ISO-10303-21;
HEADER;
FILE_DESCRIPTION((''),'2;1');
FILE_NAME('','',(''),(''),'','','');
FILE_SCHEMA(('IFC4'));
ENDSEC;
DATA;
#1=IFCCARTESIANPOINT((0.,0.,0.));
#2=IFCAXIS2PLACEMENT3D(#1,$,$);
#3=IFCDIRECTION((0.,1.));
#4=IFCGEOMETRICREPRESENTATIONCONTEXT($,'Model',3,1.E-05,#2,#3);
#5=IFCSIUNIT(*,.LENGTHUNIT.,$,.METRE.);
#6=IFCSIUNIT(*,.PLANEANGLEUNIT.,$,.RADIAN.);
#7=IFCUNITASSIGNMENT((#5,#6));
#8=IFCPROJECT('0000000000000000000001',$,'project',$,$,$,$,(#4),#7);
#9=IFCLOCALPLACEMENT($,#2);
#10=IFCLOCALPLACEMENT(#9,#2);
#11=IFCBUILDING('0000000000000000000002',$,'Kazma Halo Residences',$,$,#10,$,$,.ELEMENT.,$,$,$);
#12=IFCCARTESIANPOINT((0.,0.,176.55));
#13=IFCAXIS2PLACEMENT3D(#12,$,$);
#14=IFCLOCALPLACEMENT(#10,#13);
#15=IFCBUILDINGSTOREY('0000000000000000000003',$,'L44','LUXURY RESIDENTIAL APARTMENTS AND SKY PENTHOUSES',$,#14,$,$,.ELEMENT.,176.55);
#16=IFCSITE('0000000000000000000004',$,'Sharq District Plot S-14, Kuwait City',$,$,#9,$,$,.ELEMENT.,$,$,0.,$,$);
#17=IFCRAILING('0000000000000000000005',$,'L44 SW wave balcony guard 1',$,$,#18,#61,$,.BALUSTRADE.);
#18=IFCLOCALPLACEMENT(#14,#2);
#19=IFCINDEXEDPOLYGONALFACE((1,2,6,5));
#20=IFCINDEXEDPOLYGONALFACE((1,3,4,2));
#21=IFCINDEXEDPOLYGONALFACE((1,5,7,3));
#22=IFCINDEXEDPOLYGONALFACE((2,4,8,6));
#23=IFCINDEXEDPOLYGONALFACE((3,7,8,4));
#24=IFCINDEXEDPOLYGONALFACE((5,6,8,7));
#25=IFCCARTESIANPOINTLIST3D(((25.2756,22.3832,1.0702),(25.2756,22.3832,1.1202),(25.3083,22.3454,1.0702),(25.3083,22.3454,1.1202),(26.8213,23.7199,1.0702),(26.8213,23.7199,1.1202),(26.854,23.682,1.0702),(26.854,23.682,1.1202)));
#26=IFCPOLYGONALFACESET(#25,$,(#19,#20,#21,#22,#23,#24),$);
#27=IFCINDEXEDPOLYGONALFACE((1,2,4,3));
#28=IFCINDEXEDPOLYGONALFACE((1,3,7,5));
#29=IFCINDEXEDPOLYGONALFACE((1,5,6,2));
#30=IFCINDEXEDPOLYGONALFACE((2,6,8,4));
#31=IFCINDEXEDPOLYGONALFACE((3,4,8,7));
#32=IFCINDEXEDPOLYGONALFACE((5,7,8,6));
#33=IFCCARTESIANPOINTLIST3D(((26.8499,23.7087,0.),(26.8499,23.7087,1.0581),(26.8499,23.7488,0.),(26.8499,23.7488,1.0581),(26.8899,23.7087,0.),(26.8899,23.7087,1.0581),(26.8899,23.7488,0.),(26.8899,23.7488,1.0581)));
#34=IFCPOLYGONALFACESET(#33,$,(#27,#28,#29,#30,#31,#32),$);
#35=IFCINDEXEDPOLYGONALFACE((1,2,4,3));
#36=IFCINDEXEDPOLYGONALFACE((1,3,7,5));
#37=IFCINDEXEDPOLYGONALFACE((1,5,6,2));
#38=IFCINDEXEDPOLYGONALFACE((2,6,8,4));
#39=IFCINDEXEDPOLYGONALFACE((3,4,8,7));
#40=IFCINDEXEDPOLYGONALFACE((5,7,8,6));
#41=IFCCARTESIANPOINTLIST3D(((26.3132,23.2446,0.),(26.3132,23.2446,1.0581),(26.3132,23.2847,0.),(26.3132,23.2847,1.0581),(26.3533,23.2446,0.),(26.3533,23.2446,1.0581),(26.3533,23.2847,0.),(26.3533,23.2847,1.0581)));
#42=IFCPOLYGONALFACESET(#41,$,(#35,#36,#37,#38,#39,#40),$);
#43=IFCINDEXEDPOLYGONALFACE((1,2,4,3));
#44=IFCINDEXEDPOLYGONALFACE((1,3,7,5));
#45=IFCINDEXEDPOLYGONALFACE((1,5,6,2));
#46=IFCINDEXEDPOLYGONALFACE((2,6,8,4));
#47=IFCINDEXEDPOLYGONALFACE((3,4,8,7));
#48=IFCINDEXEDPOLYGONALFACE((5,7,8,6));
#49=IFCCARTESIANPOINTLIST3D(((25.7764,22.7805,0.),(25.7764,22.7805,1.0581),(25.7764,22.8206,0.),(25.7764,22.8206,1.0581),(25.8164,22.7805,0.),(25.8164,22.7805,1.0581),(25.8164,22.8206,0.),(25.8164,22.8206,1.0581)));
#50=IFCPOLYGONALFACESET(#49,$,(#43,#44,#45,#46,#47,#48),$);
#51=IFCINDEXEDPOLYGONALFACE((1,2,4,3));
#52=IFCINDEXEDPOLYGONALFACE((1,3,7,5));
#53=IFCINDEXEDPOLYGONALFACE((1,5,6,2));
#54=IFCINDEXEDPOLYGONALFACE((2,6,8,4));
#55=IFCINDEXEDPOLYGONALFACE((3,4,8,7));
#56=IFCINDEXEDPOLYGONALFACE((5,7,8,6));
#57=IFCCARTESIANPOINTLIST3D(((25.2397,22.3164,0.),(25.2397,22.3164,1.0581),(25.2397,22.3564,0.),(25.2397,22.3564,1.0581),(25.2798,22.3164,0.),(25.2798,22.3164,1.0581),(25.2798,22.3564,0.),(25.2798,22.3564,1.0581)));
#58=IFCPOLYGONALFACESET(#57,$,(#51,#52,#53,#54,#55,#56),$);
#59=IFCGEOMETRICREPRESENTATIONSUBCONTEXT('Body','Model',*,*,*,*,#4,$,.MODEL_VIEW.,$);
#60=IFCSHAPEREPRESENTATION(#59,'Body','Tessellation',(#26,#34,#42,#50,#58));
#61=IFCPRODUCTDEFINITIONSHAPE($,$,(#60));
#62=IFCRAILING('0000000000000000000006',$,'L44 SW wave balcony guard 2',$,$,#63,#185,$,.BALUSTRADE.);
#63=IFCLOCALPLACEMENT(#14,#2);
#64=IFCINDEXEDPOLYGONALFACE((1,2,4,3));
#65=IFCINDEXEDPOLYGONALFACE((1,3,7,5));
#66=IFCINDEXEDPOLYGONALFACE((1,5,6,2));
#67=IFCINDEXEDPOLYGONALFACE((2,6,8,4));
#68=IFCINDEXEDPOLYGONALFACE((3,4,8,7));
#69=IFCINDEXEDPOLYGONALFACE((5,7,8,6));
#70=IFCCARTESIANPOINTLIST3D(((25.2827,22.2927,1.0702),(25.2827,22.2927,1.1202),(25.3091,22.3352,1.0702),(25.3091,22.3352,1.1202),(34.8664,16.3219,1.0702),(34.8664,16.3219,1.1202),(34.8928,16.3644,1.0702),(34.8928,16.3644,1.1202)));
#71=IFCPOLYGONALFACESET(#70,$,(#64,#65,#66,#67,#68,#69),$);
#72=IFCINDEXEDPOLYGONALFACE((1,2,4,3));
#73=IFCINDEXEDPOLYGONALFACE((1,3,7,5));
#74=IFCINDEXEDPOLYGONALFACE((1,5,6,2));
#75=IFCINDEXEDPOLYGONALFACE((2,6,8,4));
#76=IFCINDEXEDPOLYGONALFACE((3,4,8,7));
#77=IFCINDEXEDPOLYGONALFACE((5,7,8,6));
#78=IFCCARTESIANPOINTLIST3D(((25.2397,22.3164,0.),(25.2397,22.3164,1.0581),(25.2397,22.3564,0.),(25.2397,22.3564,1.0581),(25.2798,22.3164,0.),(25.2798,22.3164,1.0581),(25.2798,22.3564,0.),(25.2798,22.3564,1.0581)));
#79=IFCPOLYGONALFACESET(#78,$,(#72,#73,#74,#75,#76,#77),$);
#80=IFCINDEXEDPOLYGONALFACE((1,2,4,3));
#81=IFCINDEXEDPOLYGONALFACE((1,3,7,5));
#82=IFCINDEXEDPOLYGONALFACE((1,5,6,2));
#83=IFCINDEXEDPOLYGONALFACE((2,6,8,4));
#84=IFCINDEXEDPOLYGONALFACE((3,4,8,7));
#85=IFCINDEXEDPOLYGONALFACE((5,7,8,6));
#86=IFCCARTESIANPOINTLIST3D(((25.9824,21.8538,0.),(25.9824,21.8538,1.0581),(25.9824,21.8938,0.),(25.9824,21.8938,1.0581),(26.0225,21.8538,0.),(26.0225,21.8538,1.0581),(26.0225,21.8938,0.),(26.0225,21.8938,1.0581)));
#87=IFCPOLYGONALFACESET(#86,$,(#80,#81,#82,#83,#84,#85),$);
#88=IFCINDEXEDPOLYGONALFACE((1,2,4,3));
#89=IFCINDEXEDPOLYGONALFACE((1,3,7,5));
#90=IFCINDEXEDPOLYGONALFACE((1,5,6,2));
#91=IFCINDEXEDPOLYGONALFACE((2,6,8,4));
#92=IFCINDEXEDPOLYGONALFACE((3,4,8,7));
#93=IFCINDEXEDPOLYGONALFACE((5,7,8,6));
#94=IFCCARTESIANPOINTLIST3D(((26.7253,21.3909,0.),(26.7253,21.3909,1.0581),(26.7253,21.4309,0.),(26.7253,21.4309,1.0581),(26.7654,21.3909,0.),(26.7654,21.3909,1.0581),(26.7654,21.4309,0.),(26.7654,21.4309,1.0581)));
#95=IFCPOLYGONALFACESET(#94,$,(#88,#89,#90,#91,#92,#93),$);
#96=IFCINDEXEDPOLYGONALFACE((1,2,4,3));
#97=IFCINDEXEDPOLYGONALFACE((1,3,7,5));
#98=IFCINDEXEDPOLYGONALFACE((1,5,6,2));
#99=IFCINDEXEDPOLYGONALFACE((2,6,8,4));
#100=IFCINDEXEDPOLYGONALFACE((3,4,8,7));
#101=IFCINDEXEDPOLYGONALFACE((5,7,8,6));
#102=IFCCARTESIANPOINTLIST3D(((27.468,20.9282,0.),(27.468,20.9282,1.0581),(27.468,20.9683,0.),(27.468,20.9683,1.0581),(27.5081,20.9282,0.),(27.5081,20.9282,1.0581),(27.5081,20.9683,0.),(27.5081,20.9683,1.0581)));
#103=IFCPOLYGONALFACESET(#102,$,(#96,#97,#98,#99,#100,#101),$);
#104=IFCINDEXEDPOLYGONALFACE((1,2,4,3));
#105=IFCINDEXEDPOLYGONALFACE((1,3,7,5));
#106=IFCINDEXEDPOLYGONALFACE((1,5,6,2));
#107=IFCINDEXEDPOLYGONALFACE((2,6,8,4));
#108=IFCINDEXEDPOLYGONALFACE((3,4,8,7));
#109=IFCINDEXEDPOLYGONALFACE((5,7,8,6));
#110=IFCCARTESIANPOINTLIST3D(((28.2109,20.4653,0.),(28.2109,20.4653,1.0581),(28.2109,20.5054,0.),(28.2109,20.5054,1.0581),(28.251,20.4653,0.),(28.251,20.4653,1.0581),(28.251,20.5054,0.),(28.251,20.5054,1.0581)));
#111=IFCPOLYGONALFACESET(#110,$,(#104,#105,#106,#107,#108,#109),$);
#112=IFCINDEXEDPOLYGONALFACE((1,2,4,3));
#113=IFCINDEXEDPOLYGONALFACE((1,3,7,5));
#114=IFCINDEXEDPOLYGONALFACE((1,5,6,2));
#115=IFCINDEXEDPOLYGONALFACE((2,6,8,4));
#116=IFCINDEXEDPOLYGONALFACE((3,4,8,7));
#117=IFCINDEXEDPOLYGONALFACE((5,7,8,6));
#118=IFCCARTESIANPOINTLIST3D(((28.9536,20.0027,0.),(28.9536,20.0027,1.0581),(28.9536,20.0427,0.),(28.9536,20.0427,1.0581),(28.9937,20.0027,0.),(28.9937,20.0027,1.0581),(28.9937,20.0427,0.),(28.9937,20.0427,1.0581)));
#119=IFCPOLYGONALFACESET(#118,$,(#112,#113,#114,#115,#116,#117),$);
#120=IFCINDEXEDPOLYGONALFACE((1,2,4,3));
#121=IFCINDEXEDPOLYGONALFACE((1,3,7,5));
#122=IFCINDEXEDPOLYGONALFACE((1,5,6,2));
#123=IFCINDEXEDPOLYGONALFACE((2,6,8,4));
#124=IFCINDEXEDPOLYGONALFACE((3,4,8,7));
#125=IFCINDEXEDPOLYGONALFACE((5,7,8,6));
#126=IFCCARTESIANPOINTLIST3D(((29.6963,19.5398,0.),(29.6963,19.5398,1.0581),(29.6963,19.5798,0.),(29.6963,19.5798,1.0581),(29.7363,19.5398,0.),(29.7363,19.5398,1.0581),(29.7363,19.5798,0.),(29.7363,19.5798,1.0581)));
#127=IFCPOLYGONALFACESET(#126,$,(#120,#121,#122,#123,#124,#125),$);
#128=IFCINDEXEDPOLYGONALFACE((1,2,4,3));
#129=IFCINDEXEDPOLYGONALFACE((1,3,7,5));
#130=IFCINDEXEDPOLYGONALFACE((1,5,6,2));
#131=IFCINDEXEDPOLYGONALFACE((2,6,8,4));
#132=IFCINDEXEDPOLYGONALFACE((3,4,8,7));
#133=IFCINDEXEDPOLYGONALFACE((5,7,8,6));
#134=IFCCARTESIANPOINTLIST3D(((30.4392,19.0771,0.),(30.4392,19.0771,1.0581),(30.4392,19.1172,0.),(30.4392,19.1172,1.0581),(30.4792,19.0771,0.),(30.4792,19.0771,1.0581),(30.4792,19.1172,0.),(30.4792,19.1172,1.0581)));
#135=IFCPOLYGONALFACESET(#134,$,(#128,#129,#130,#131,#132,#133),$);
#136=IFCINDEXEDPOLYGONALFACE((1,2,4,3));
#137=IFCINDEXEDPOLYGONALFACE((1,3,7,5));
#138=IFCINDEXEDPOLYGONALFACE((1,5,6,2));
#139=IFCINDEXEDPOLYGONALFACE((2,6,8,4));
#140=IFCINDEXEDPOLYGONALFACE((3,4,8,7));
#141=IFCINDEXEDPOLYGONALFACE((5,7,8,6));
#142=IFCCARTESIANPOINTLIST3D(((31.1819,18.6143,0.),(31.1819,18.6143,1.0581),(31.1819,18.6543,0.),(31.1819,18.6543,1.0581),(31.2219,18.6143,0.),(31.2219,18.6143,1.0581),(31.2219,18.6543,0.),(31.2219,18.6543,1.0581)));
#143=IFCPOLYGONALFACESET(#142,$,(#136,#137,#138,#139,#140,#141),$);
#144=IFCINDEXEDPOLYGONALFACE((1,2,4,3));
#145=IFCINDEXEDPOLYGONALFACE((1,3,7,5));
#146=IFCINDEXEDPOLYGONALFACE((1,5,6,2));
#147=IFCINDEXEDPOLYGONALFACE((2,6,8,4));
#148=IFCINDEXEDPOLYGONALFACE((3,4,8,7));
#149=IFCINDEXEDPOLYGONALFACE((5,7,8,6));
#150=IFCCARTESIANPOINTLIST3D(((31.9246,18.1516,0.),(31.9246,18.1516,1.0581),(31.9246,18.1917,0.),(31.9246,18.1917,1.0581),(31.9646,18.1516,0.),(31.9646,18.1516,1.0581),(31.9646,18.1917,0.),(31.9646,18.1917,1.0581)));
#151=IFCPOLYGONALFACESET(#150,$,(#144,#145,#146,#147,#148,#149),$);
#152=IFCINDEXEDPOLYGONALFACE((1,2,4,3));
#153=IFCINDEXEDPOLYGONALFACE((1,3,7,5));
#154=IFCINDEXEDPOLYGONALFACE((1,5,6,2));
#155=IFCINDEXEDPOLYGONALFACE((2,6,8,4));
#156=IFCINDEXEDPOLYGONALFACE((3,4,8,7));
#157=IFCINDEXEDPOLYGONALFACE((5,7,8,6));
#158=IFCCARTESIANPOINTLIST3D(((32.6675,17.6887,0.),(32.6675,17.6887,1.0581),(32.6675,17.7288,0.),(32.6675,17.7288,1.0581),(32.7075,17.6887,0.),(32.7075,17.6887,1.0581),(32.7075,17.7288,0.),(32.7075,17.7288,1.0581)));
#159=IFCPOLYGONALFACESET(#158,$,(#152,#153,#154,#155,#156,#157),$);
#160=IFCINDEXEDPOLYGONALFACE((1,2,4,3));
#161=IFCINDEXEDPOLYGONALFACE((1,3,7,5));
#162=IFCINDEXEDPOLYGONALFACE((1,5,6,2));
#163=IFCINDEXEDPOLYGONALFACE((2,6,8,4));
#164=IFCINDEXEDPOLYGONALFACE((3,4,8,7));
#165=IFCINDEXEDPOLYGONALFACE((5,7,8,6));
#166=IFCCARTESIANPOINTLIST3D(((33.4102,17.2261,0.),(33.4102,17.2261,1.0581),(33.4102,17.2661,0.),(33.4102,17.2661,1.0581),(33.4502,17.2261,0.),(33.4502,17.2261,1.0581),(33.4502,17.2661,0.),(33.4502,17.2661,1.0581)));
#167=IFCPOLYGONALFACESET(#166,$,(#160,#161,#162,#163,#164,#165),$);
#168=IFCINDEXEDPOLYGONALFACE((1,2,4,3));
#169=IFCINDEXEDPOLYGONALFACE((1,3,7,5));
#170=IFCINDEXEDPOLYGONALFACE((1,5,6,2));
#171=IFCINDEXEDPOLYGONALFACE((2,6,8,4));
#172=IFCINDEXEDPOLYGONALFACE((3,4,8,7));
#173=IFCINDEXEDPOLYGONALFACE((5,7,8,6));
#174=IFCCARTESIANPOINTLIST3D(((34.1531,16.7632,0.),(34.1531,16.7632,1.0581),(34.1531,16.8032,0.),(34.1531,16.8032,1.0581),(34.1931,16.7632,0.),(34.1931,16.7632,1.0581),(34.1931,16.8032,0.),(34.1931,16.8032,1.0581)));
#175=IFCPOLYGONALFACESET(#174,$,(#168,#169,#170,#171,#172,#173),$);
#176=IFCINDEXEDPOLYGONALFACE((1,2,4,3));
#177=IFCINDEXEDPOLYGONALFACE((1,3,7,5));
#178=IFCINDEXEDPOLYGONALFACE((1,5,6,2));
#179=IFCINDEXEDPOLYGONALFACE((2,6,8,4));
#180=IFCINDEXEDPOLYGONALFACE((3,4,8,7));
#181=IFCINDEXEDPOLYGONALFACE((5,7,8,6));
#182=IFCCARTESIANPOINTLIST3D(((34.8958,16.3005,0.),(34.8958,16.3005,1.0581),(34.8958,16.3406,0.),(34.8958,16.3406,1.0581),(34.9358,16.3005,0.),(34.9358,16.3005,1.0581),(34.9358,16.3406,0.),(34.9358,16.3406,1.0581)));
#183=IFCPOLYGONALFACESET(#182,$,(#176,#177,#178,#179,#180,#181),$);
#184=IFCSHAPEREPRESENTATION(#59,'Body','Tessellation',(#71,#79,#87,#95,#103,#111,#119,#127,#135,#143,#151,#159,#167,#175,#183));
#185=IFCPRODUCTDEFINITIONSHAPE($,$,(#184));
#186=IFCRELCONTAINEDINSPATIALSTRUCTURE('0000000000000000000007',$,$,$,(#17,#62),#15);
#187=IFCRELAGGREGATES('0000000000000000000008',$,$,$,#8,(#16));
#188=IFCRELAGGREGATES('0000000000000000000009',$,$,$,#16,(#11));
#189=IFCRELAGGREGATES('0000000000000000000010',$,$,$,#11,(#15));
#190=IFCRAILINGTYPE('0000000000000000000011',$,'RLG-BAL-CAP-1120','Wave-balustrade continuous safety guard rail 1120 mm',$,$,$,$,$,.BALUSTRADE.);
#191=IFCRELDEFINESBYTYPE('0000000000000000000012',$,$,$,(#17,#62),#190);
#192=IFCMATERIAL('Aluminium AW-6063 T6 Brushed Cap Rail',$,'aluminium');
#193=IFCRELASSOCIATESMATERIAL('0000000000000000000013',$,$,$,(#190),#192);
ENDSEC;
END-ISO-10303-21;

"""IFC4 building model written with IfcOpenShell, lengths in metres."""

from ifc_helpers import new_model, si_unit, direction, frame, origin, origin_2d, place, context, subcontext, project, spatial, rectangle, extrude, material, type_object, element, save


model = new_model("IFC4")

# Units and contexts
model_context = context("Model", 3, precision=1e-05, world=origin(), true_north=direction((0.0, 1.0)))
body_context = subcontext(model_context, "Body", "Model", "MODEL_VIEW")
ifc_project = project(units=[si_unit("LENGTHUNIT", "METRE"), si_unit("PLANEANGLEUNIT", "RADIAN")], contexts=[model_context])

# Site, building, storey
site_placement = place(None, origin())
site = spatial("IfcSite", under=ifc_project, at=site_placement, Name="Sharq District Plot S-14, Kuwait City", CompositionType="ELEMENT", RefElevation=0.0)
building_placement = place(site_placement, origin())
building = spatial("IfcBuilding", under=site, at=building_placement, Name="Kazma Halo Residences", CompositionType="ELEMENT")
storey_placement = place(building_placement, frame((0.0, 0.0, 176.55)))
storey = spatial("IfcBuildingStorey", under=building, at=storey_placement, Name="L44", Description="LUXURY RESIDENTIAL APARTMENTS AND SKY PENTHOUSES", CompositionType="ELEMENT", Elevation=176.55)

# Railings
ifc_material_1 = material(Name="Aluminium AW-6063 T6 Brushed Cap Rail", Category="aluminium")
railing_type = type_object("IfcRailingType", Name="RLG-BAL-CAP-1120", Description="Wave-balustrade continuous safety guard rail 1120 mm", PredefinedType="BALUSTRADE", material=ifc_material_1)
railing_1_placement = place(storey_placement, frame((26.8699, 23.7288, 0.0)))
element("IfcRailing", 1, at=railing_1_placement, inside=storey, type_object=railing_type, Name="L44 SW wave balcony guard 1", PredefinedType="BALUSTRADE", context=body_context, shape_type="SweptSolid", body=[
    extrude(rectangle(XDim=0.05, YDim=0.05, at=origin_2d()), frame((-0.0322, -0.0278, 1.0952), z_axis=(-0.756408, -0.654101, 0.0), x_axis=(0.654101, -0.756408, 0.0)), (0.0, 0.0, 1.0), 2.0435),
    extrude(rectangle(XDim=0.04, YDim=0.04, at=origin_2d()), origin(), (0.0, 0.0, 1.0), 1.0581),
    extrude(rectangle(XDim=0.04, YDim=0.04, at=origin_2d()), frame((-0.5366, -0.4641, 0.0)), (0.0, 0.0, 1.0), 1.0581),
    extrude(rectangle(XDim=0.04, YDim=0.04, at=origin_2d()), frame((-1.0735, -0.9282, 0.0)), (0.0, 0.0, 1.0), 1.0581),
    extrude(rectangle(XDim=0.04, YDim=0.04, at=origin_2d()), frame((-1.6101, -1.3923, 0.0)), (0.0, 0.0, 1.0), 1.0581),
])
railing_2_placement = place(storey_placement, frame((25.2598, 22.3364, 0.0)))
element("IfcRailing", 2, at=railing_2_placement, inside=storey, type_object=railing_type, Name="L44 SW wave balcony guard 2", PredefinedType="BALUSTRADE", context=body_context, shape_type="SweptSolid", body=[
    extrude(rectangle(XDim=0.05, YDim=0.05, at=origin_2d()), frame((0.0361, -0.0225, 1.0952), z_axis=(0.848753, -0.528789, 0.0), x_axis=(0.528789, 0.848753, 0.0)), (0.0, 0.0, 1.0), 11.2915),
    extrude(rectangle(XDim=0.04, YDim=0.04, at=origin_2d()), origin(), (0.0, 0.0, 1.0), 1.0581),
    extrude(rectangle(XDim=0.04, YDim=0.04, at=origin_2d()), frame((0.7427, -0.4626, 0.0)), (0.0, 0.0, 1.0), 1.0581),
    extrude(rectangle(XDim=0.04, YDim=0.04, at=origin_2d()), frame((1.4856, -0.9255, 0.0)), (0.0, 0.0, 1.0), 1.0581),
    extrude(rectangle(XDim=0.04, YDim=0.04, at=origin_2d()), frame((2.2283, -1.3882, 0.0)), (0.0, 0.0, 1.0), 1.0581),
    extrude(rectangle(XDim=0.04, YDim=0.04, at=origin_2d()), frame((2.9712, -1.8511, 0.0)), (0.0, 0.0, 1.0), 1.0581),
    extrude(rectangle(XDim=0.04, YDim=0.04, at=origin_2d()), frame((3.7139, -2.3137, 0.0)), (0.0, 0.0, 1.0), 1.0581),
    extrude(rectangle(XDim=0.04, YDim=0.04, at=origin_2d()), frame((4.4565, -2.7766, 0.0)), (0.0, 0.0, 1.0), 1.0581),
    extrude(rectangle(XDim=0.04, YDim=0.04, at=origin_2d()), frame((5.1995, -3.2393, 0.0)), (0.0, 0.0, 1.0), 1.0581),
    extrude(rectangle(XDim=0.04, YDim=0.04, at=origin_2d()), frame((5.9421, -3.7021, 0.0)), (0.0, 0.0, 1.0), 1.0581),
    extrude(rectangle(XDim=0.04, YDim=0.04, at=origin_2d()), frame((6.6848, -4.1648, 0.0)), (0.0, 0.0, 1.0), 1.0581),
    extrude(rectangle(XDim=0.04, YDim=0.04, at=origin_2d()), frame((7.4277, -4.6277, 0.0)), (0.0, 0.0, 1.0), 1.0581),
    extrude(rectangle(XDim=0.04, YDim=0.04, at=origin_2d()), frame((8.1704, -5.0903, 0.0)), (0.0, 0.0, 1.0), 1.0581),
    extrude(rectangle(XDim=0.04, YDim=0.04, at=origin_2d()), frame((8.9133, -5.5532, 0.0)), (0.0, 0.0, 1.0), 1.0581),
    extrude(rectangle(XDim=0.04, YDim=0.04, at=origin_2d()), frame((9.656, -6.0159, 0.0)), (0.0, 0.0, 1.0), 1.0581),
])

save(model, "model.ifc")
